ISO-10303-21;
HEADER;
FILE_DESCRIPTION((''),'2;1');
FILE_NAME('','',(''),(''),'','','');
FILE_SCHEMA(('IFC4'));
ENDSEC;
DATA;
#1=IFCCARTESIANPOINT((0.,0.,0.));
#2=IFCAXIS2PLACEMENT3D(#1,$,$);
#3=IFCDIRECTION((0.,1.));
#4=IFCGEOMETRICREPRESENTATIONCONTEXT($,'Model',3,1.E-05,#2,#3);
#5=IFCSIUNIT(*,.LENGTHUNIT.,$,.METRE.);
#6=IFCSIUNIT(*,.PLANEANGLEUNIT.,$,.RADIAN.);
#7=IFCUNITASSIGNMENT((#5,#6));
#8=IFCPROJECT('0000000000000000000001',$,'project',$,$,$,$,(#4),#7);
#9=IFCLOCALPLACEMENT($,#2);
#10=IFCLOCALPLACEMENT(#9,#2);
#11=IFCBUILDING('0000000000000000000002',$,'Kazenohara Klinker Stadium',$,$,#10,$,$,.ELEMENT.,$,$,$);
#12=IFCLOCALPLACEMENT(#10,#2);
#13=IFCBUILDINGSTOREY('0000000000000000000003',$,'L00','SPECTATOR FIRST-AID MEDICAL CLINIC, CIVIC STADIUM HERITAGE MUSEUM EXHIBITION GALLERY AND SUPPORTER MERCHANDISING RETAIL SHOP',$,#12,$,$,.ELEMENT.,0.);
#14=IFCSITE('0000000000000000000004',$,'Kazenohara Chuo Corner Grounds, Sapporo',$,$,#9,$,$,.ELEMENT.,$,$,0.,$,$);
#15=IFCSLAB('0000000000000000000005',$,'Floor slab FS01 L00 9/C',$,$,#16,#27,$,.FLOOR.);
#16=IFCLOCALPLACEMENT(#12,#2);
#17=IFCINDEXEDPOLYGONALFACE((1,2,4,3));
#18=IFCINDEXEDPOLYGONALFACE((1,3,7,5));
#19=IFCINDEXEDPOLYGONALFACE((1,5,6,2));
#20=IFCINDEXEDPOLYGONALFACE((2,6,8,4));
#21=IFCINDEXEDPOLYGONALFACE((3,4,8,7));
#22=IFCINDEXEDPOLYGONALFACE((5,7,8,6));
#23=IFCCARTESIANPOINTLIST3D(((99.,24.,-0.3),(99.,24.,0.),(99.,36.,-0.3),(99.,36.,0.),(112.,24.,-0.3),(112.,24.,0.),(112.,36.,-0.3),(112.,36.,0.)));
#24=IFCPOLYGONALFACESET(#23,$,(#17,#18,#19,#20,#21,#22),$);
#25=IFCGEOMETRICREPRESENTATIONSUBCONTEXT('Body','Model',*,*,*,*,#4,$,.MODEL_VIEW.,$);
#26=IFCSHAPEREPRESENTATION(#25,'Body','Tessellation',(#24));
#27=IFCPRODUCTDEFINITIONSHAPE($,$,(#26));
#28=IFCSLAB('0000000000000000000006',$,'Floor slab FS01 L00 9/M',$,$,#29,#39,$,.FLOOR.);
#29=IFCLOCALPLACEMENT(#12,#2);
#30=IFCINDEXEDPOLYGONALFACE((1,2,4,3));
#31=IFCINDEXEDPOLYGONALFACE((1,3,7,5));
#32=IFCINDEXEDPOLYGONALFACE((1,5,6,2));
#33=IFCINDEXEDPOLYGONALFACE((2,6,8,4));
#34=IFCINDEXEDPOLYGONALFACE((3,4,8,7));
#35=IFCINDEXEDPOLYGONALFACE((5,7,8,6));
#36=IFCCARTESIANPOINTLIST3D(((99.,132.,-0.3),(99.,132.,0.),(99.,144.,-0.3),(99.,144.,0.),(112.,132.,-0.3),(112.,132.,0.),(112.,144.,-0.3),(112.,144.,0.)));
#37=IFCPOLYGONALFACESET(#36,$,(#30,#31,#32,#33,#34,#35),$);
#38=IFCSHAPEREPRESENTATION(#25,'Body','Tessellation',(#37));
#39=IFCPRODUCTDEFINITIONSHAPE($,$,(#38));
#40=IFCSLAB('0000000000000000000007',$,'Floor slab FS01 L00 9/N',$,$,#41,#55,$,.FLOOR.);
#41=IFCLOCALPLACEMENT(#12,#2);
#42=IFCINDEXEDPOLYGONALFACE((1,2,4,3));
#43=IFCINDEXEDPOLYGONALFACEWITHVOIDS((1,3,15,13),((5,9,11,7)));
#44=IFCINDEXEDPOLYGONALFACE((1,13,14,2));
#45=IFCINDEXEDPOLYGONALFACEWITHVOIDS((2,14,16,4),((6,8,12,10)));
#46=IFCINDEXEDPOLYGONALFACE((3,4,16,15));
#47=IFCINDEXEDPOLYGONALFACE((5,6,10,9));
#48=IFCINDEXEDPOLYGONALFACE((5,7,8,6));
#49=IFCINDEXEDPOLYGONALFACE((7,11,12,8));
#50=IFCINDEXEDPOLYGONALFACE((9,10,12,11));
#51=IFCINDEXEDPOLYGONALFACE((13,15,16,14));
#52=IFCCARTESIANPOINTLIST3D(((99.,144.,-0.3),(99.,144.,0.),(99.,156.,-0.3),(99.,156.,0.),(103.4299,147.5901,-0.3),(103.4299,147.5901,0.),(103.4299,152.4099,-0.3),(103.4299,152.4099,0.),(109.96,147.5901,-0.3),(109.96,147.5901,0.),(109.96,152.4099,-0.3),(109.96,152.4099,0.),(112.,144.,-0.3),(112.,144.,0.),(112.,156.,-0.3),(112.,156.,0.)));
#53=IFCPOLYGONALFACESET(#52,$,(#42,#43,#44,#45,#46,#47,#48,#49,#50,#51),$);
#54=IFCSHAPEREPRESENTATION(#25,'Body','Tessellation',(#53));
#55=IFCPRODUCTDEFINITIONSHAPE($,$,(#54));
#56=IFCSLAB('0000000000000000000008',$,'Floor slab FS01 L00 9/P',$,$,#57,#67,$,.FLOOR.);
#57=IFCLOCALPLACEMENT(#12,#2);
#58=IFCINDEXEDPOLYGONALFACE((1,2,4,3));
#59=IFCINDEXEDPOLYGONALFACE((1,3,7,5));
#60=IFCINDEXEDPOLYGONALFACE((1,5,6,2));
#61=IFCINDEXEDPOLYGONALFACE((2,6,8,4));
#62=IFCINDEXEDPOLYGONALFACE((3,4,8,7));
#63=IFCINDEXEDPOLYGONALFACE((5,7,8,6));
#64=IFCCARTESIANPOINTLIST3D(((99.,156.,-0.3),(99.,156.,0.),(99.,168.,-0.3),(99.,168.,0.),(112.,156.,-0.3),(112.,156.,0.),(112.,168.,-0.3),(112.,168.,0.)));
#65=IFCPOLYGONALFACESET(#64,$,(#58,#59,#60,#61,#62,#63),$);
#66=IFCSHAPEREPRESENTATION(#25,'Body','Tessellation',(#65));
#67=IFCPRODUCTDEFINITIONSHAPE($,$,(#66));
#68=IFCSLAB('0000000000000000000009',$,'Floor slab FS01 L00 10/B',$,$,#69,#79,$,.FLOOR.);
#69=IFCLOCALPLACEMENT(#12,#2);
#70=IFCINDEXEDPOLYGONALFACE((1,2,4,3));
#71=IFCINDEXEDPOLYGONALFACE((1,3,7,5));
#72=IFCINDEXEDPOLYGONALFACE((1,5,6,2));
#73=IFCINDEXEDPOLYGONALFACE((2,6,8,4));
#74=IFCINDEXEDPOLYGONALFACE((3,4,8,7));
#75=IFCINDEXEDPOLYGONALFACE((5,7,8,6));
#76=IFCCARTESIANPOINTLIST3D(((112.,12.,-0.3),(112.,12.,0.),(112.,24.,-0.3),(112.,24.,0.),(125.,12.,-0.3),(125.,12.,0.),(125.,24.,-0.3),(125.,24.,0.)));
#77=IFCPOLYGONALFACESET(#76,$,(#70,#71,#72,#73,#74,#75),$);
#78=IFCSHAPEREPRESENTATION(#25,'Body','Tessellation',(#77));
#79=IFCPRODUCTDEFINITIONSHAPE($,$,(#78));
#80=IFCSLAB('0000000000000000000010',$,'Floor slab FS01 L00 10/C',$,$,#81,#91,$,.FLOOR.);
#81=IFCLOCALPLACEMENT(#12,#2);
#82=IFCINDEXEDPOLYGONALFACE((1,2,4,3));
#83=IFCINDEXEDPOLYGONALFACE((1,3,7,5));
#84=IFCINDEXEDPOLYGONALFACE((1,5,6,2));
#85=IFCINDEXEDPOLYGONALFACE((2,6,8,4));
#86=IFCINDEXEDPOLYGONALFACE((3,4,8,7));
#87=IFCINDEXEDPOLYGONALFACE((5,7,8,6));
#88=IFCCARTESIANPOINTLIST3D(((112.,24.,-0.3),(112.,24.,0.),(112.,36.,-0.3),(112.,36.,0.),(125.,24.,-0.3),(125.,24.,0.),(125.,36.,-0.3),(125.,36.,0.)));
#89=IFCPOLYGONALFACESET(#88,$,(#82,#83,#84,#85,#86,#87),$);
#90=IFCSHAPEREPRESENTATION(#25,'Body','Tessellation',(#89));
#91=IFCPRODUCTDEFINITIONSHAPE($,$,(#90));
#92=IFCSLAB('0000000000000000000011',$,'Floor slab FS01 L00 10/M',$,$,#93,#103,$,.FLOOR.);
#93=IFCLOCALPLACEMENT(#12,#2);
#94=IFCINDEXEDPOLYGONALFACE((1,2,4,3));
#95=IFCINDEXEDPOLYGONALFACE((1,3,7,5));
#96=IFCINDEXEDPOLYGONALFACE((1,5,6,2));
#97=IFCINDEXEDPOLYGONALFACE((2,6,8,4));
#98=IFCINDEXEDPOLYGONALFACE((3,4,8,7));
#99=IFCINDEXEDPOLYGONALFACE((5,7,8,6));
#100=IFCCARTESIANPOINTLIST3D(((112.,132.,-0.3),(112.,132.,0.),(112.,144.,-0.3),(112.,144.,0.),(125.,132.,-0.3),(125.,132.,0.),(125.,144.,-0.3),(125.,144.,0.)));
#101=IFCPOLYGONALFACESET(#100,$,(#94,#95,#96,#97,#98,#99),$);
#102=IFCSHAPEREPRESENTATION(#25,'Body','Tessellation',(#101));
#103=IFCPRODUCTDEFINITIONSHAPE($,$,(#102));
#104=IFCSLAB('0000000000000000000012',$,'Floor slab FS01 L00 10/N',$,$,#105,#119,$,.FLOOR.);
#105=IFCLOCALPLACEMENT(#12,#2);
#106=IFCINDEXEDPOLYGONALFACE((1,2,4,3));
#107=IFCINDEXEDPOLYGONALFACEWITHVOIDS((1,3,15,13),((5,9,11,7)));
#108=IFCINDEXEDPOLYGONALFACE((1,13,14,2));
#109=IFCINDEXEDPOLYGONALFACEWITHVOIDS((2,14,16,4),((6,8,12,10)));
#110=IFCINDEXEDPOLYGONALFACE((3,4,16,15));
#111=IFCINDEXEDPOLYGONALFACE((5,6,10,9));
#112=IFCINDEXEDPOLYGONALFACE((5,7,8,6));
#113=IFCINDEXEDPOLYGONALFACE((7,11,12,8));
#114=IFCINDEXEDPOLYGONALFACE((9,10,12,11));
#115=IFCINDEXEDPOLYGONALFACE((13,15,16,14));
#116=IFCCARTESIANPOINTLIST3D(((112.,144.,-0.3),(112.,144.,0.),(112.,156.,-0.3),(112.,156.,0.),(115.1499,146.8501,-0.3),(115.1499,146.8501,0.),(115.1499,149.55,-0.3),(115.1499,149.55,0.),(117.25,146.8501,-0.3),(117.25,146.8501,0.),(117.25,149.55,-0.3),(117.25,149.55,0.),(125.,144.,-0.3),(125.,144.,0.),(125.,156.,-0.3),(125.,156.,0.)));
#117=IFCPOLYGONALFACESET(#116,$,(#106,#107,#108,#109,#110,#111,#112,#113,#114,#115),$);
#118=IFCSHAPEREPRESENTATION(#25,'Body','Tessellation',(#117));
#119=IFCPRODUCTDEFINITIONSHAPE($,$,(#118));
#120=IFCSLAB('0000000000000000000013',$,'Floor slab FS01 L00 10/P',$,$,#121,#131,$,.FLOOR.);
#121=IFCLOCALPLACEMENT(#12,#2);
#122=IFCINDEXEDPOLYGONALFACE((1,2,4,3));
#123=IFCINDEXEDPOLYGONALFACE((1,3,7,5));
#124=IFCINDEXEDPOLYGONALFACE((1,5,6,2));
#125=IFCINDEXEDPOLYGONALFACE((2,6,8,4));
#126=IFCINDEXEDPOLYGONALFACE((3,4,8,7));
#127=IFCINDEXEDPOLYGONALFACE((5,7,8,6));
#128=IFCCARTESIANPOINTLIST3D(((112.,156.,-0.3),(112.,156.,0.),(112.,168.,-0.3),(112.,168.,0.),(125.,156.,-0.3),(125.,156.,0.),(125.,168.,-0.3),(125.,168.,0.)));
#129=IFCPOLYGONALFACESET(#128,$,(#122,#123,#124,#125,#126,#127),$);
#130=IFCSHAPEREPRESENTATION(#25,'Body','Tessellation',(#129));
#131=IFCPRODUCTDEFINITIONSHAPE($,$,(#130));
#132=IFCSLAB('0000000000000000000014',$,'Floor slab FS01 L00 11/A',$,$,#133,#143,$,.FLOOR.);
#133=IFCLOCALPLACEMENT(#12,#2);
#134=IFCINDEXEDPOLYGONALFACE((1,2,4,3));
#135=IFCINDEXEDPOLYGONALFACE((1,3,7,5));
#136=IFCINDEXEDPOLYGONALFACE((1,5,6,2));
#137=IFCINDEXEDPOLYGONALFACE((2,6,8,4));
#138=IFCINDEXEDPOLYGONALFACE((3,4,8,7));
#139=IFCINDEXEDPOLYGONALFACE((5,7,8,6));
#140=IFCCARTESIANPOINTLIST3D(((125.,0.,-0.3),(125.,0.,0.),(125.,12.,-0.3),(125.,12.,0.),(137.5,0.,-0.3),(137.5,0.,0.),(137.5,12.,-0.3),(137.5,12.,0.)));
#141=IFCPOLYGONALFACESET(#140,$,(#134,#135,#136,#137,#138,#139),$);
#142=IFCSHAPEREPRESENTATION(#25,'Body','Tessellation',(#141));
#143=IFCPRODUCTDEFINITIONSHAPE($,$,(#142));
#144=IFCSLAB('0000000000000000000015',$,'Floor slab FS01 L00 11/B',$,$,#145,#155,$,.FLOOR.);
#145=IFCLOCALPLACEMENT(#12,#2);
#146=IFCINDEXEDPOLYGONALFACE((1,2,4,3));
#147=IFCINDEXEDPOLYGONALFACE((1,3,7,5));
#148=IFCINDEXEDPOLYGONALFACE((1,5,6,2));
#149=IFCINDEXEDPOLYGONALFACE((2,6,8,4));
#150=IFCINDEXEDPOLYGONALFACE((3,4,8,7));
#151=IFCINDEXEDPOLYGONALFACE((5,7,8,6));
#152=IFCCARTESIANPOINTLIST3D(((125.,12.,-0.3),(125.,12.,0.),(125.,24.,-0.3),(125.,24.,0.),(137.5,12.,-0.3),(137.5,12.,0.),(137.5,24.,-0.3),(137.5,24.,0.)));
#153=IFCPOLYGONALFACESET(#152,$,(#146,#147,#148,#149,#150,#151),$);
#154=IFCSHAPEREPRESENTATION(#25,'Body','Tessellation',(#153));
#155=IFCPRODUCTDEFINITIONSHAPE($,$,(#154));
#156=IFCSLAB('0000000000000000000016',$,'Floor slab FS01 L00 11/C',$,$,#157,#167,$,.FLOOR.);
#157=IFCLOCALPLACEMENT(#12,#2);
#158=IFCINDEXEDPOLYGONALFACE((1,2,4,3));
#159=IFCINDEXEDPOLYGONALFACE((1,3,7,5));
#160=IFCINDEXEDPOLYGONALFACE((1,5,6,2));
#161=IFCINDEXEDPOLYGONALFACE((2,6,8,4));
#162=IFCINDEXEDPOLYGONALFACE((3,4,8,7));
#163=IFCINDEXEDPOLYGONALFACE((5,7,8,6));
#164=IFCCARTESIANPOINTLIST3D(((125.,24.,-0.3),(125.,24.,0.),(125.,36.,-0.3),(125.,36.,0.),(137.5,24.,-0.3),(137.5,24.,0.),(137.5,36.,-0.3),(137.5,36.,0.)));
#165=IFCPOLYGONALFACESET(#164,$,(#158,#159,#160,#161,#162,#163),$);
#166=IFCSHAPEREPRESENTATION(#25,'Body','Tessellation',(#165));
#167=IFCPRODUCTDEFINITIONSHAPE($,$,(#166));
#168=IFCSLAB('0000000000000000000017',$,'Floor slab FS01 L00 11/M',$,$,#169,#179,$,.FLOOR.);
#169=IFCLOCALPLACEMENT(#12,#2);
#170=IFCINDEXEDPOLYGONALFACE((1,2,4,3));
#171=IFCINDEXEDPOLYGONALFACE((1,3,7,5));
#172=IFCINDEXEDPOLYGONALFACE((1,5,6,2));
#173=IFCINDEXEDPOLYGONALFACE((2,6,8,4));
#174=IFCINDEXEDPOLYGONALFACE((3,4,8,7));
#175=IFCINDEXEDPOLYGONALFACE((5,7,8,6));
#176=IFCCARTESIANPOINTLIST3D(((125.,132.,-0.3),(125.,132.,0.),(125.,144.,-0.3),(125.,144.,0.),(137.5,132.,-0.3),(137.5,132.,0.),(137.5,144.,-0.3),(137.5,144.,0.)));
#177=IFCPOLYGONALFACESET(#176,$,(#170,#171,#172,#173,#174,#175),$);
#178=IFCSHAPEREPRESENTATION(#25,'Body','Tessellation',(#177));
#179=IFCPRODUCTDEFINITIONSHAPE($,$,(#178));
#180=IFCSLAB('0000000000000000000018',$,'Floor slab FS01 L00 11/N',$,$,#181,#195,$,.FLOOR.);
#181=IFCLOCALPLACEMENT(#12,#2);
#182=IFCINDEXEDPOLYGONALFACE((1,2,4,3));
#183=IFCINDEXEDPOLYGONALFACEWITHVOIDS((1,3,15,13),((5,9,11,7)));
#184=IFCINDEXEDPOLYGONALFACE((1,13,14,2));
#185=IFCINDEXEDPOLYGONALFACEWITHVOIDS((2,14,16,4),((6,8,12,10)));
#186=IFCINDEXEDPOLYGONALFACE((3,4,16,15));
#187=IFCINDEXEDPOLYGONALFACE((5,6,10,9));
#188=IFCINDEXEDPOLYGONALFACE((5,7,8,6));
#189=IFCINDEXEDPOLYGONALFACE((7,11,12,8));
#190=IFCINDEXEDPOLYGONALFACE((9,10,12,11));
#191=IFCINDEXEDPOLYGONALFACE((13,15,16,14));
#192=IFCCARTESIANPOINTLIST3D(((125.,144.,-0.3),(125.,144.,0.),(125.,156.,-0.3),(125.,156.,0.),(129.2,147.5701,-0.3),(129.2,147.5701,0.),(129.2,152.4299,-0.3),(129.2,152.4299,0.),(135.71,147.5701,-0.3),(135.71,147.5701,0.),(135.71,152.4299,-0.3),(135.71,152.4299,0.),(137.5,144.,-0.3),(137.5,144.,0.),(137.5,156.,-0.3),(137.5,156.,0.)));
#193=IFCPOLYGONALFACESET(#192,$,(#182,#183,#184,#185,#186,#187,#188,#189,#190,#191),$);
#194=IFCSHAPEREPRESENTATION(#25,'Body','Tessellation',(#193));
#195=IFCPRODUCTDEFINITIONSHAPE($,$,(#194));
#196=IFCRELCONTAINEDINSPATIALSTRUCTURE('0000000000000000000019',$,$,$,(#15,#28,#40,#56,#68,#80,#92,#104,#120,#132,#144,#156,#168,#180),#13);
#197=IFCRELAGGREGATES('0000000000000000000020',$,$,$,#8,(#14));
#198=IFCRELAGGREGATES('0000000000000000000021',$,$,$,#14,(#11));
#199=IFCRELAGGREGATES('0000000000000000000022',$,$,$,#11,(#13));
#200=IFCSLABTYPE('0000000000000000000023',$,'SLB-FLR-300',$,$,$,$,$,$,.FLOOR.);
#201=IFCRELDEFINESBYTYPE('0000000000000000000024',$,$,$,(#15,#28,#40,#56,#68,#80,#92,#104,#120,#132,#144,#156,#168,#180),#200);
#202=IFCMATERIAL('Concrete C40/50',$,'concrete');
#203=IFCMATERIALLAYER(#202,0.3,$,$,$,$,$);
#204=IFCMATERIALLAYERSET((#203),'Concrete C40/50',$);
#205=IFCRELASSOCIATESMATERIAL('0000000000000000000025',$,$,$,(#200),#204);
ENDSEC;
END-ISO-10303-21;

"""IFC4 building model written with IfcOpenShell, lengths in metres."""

from ifc_helpers import new_model, si_unit, direction, frame, origin, place, context, subcontext, project, spatial, polyline, outline, extrude, material, layer, layer_set, type_object, element, save


model = new_model("IFC4")

# Units and contexts
model_context = context("Model", 3, precision=1e-05, world=origin(), true_north=direction((0.0, 1.0)))
body_context = subcontext(model_context, "Body", "Model", "MODEL_VIEW")
ifc_project = project(units=[si_unit("LENGTHUNIT", "METRE"), si_unit("PLANEANGLEUNIT", "RADIAN")], contexts=[model_context])

# Site, building, storey
site_placement = place(None, origin())
site = spatial("IfcSite", under=ifc_project, at=site_placement, Name="Kazenohara Chuo Corner Grounds, Sapporo", CompositionType="ELEMENT", RefElevation=0.0)
building_placement = place(site_placement, origin())
building = spatial("IfcBuilding", under=site, at=building_placement, Name="Kazenohara Klinker Stadium", CompositionType="ELEMENT")
storey_placement = place(building_placement, origin())
storey = spatial("IfcBuildingStorey", under=building, at=storey_placement, Name="L00", Description="SPECTATOR FIRST-AID MEDICAL CLINIC, CIVIC STADIUM HERITAGE MUSEUM EXHIBITION GALLERY AND SUPPORTER MERCHANDISING RETAIL SHOP", CompositionType="ELEMENT", Elevation=0.0)

# Slabs
ifc_material = material(Name="Concrete C40/50", Category="concrete")
ifc_layer = layer(ifc_material, 0.3)
ifc_layer_set = layer_set([ifc_layer], Name="Concrete C40/50")
slab_type = type_object("IfcSlabType", Name="SLB-FLR-300", PredefinedType="FLOOR", material=ifc_layer_set)
slab_1_placement = place(storey_placement, frame((0.0, 0.0, -0.3)))
element("IfcSlab", 1, at=slab_1_placement, inside=storey, type_object=slab_type, Name="Floor slab FS01 L00 9/C", PredefinedType="FLOOR", context=body_context, shape_type="SweptSolid", body=[
    extrude(outline(polyline([(99.0, 24.0), (112.0, 24.0), (112.0, 36.0), (99.0, 36.0), (99.0, 24.0)])), origin(), (0.0, 0.0, 1.0), 0.3),
])
slab_2_placement = place(storey_placement, frame((0.0, 0.0, -0.3)))
element("IfcSlab", 2, at=slab_2_placement, inside=storey, type_object=slab_type, Name="Floor slab FS01 L00 9/M", PredefinedType="FLOOR", context=body_context, shape_type="SweptSolid", body=[
    extrude(outline(polyline([(99.0, 132.0), (112.0, 132.0), (112.0, 144.0), (99.0, 144.0), (99.0, 132.0)])), origin(), (0.0, 0.0, 1.0), 0.3),
])
slab_3_placement = place(storey_placement, frame((0.0, 0.0, -0.3)))
element("IfcSlab", 3, at=slab_3_placement, inside=storey, type_object=slab_type, Name="Floor slab FS01 L00 9/N", PredefinedType="FLOOR", context=body_context, shape_type="SweptSolid", body=[
    extrude(outline(polyline([(99.0, 144.0), (112.0, 144.0), (112.0, 156.0), (99.0, 156.0), (99.0, 144.0)]), holes=[polyline([(103.4299, 147.5901), (109.96, 147.5901), (109.96, 152.4099), (103.4299, 152.4099), (103.4299, 147.5901)])]), origin(), (0.0, 0.0, 1.0), 0.3),
])
slab_4_placement = place(storey_placement, frame((0.0, 0.0, -0.3)))
element("IfcSlab", 4, at=slab_4_placement, inside=storey, type_object=slab_type, Name="Floor slab FS01 L00 9/P", PredefinedType="FLOOR", context=body_context, shape_type="SweptSolid", body=[
    extrude(outline(polyline([(99.0, 156.0), (112.0, 156.0), (112.0, 168.0), (99.0, 168.0), (99.0, 156.0)])), origin(), (0.0, 0.0, 1.0), 0.3),
])
slab_5_placement = place(storey_placement, frame((0.0, 0.0, -0.3)))
element("IfcSlab", 5, at=slab_5_placement, inside=storey, type_object=slab_type, Name="Floor slab FS01 L00 10/B", PredefinedType="FLOOR", context=body_context, shape_type="SweptSolid", body=[
    extrude(outline(polyline([(112.0, 12.0), (125.0, 12.0), (125.0, 24.0), (112.0, 24.0), (112.0, 12.0)])), origin(), (0.0, 0.0, 1.0), 0.3),
])
slab_6_placement = place(storey_placement, frame((0.0, 0.0, -0.3)))
element("IfcSlab", 6, at=slab_6_placement, inside=storey, type_object=slab_type, Name="Floor slab FS01 L00 10/C", PredefinedType="FLOOR", context=body_context, shape_type="SweptSolid", body=[
    extrude(outline(polyline([(112.0, 24.0), (125.0, 24.0), (125.0, 36.0), (112.0, 36.0), (112.0, 24.0)])), origin(), (0.0, 0.0, 1.0), 0.3),
])
slab_7_placement = place(storey_placement, frame((0.0, 0.0, -0.3)))
element("IfcSlab", 7, at=slab_7_placement, inside=storey, type_object=slab_type, Name="Floor slab FS01 L00 10/M", PredefinedType="FLOOR", context=body_context, shape_type="SweptSolid", body=[
    extrude(outline(polyline([(112.0, 132.0), (125.0, 132.0), (125.0, 144.0), (112.0, 144.0), (112.0, 132.0)])), origin(), (0.0, 0.0, 1.0), 0.3),
])
slab_8_placement = place(storey_placement, frame((0.0, 0.0, -0.3)))
element("IfcSlab", 8, at=slab_8_placement, inside=storey, type_object=slab_type, Name="Floor slab FS01 L00 10/N", PredefinedType="FLOOR", context=body_context, shape_type="SweptSolid", body=[
    extrude(outline(polyline([(112.0, 144.0), (125.0, 144.0), (125.0, 156.0), (112.0, 156.0), (112.0, 144.0)]), holes=[polyline([(115.1499, 146.8501), (117.25, 146.8501), (117.25, 149.55), (115.1499, 149.55), (115.1499, 146.8501)])]), origin(), (0.0, 0.0, 1.0), 0.3),
])
slab_9_placement = place(storey_placement, frame((0.0, 0.0, -0.3)))
element("IfcSlab", 9, at=slab_9_placement, inside=storey, type_object=slab_type, Name="Floor slab FS01 L00 10/P", PredefinedType="FLOOR", context=body_context, shape_type="SweptSolid", body=[
    extrude(outline(polyline([(112.0, 156.0), (125.0, 156.0), (125.0, 168.0), (112.0, 168.0), (112.0, 156.0)])), origin(), (0.0, 0.0, 1.0), 0.3),
])
slab_10_placement = place(storey_placement, frame((0.0, 0.0, -0.3)))
element("IfcSlab", 10, at=slab_10_placement, inside=storey, type_object=slab_type, Name="Floor slab FS01 L00 11/A", PredefinedType="FLOOR", context=body_context, shape_type="SweptSolid", body=[
    extrude(outline(polyline([(125.0, 0.0), (137.5, 0.0), (137.5, 12.0), (125.0, 12.0), (125.0, 0.0)])), origin(), (0.0, 0.0, 1.0), 0.3),
])
slab_11_placement = place(storey_placement, frame((0.0, 0.0, -0.3)))
element("IfcSlab", 11, at=slab_11_placement, inside=storey, type_object=slab_type, Name="Floor slab FS01 L00 11/B", PredefinedType="FLOOR", context=body_context, shape_type="SweptSolid", body=[
    extrude(outline(polyline([(125.0, 12.0), (137.5, 12.0), (137.5, 24.0), (125.0, 24.0), (125.0, 12.0)])), origin(), (0.0, 0.0, 1.0), 0.3),
])
slab_12_placement = place(storey_placement, frame((0.0, 0.0, -0.3)))
element("IfcSlab", 12, at=slab_12_placement, inside=storey, type_object=slab_type, Name="Floor slab FS01 L00 11/C", PredefinedType="FLOOR", context=body_context, shape_type="SweptSolid", body=[
    extrude(outline(polyline([(125.0, 24.0), (137.5, 24.0), (137.5, 36.0), (125.0, 36.0), (125.0, 24.0)])), origin(), (0.0, 0.0, 1.0), 0.3),
])
slab_13_placement = place(storey_placement, frame((0.0, 0.0, -0.3)))
element("IfcSlab", 13, at=slab_13_placement, inside=storey, type_object=slab_type, Name="Floor slab FS01 L00 11/M", PredefinedType="FLOOR", context=body_context, shape_type="SweptSolid", body=[
    extrude(outline(polyline([(125.0, 132.0), (137.5, 132.0), (137.5, 144.0), (125.0, 144.0), (125.0, 132.0)])), origin(), (0.0, 0.0, 1.0), 0.3),
])
slab_14_placement = place(storey_placement, frame((0.0, 0.0, -0.3)))
element("IfcSlab", 14, at=slab_14_placement, inside=storey, type_object=slab_type, Name="Floor slab FS01 L00 11/N", PredefinedType="FLOOR", context=body_context, shape_type="SweptSolid", body=[
    extrude(outline(polyline([(125.0, 144.0), (137.5, 144.0), (137.5, 156.0), (125.0, 156.0), (125.0, 144.0)]), holes=[polyline([(129.2, 147.5701), (135.71, 147.5701), (135.71, 152.4299), (129.2, 152.4299), (129.2, 147.5701)])]), origin(), (0.0, 0.0, 1.0), 0.3),
])

save(model, "model.ifc")
